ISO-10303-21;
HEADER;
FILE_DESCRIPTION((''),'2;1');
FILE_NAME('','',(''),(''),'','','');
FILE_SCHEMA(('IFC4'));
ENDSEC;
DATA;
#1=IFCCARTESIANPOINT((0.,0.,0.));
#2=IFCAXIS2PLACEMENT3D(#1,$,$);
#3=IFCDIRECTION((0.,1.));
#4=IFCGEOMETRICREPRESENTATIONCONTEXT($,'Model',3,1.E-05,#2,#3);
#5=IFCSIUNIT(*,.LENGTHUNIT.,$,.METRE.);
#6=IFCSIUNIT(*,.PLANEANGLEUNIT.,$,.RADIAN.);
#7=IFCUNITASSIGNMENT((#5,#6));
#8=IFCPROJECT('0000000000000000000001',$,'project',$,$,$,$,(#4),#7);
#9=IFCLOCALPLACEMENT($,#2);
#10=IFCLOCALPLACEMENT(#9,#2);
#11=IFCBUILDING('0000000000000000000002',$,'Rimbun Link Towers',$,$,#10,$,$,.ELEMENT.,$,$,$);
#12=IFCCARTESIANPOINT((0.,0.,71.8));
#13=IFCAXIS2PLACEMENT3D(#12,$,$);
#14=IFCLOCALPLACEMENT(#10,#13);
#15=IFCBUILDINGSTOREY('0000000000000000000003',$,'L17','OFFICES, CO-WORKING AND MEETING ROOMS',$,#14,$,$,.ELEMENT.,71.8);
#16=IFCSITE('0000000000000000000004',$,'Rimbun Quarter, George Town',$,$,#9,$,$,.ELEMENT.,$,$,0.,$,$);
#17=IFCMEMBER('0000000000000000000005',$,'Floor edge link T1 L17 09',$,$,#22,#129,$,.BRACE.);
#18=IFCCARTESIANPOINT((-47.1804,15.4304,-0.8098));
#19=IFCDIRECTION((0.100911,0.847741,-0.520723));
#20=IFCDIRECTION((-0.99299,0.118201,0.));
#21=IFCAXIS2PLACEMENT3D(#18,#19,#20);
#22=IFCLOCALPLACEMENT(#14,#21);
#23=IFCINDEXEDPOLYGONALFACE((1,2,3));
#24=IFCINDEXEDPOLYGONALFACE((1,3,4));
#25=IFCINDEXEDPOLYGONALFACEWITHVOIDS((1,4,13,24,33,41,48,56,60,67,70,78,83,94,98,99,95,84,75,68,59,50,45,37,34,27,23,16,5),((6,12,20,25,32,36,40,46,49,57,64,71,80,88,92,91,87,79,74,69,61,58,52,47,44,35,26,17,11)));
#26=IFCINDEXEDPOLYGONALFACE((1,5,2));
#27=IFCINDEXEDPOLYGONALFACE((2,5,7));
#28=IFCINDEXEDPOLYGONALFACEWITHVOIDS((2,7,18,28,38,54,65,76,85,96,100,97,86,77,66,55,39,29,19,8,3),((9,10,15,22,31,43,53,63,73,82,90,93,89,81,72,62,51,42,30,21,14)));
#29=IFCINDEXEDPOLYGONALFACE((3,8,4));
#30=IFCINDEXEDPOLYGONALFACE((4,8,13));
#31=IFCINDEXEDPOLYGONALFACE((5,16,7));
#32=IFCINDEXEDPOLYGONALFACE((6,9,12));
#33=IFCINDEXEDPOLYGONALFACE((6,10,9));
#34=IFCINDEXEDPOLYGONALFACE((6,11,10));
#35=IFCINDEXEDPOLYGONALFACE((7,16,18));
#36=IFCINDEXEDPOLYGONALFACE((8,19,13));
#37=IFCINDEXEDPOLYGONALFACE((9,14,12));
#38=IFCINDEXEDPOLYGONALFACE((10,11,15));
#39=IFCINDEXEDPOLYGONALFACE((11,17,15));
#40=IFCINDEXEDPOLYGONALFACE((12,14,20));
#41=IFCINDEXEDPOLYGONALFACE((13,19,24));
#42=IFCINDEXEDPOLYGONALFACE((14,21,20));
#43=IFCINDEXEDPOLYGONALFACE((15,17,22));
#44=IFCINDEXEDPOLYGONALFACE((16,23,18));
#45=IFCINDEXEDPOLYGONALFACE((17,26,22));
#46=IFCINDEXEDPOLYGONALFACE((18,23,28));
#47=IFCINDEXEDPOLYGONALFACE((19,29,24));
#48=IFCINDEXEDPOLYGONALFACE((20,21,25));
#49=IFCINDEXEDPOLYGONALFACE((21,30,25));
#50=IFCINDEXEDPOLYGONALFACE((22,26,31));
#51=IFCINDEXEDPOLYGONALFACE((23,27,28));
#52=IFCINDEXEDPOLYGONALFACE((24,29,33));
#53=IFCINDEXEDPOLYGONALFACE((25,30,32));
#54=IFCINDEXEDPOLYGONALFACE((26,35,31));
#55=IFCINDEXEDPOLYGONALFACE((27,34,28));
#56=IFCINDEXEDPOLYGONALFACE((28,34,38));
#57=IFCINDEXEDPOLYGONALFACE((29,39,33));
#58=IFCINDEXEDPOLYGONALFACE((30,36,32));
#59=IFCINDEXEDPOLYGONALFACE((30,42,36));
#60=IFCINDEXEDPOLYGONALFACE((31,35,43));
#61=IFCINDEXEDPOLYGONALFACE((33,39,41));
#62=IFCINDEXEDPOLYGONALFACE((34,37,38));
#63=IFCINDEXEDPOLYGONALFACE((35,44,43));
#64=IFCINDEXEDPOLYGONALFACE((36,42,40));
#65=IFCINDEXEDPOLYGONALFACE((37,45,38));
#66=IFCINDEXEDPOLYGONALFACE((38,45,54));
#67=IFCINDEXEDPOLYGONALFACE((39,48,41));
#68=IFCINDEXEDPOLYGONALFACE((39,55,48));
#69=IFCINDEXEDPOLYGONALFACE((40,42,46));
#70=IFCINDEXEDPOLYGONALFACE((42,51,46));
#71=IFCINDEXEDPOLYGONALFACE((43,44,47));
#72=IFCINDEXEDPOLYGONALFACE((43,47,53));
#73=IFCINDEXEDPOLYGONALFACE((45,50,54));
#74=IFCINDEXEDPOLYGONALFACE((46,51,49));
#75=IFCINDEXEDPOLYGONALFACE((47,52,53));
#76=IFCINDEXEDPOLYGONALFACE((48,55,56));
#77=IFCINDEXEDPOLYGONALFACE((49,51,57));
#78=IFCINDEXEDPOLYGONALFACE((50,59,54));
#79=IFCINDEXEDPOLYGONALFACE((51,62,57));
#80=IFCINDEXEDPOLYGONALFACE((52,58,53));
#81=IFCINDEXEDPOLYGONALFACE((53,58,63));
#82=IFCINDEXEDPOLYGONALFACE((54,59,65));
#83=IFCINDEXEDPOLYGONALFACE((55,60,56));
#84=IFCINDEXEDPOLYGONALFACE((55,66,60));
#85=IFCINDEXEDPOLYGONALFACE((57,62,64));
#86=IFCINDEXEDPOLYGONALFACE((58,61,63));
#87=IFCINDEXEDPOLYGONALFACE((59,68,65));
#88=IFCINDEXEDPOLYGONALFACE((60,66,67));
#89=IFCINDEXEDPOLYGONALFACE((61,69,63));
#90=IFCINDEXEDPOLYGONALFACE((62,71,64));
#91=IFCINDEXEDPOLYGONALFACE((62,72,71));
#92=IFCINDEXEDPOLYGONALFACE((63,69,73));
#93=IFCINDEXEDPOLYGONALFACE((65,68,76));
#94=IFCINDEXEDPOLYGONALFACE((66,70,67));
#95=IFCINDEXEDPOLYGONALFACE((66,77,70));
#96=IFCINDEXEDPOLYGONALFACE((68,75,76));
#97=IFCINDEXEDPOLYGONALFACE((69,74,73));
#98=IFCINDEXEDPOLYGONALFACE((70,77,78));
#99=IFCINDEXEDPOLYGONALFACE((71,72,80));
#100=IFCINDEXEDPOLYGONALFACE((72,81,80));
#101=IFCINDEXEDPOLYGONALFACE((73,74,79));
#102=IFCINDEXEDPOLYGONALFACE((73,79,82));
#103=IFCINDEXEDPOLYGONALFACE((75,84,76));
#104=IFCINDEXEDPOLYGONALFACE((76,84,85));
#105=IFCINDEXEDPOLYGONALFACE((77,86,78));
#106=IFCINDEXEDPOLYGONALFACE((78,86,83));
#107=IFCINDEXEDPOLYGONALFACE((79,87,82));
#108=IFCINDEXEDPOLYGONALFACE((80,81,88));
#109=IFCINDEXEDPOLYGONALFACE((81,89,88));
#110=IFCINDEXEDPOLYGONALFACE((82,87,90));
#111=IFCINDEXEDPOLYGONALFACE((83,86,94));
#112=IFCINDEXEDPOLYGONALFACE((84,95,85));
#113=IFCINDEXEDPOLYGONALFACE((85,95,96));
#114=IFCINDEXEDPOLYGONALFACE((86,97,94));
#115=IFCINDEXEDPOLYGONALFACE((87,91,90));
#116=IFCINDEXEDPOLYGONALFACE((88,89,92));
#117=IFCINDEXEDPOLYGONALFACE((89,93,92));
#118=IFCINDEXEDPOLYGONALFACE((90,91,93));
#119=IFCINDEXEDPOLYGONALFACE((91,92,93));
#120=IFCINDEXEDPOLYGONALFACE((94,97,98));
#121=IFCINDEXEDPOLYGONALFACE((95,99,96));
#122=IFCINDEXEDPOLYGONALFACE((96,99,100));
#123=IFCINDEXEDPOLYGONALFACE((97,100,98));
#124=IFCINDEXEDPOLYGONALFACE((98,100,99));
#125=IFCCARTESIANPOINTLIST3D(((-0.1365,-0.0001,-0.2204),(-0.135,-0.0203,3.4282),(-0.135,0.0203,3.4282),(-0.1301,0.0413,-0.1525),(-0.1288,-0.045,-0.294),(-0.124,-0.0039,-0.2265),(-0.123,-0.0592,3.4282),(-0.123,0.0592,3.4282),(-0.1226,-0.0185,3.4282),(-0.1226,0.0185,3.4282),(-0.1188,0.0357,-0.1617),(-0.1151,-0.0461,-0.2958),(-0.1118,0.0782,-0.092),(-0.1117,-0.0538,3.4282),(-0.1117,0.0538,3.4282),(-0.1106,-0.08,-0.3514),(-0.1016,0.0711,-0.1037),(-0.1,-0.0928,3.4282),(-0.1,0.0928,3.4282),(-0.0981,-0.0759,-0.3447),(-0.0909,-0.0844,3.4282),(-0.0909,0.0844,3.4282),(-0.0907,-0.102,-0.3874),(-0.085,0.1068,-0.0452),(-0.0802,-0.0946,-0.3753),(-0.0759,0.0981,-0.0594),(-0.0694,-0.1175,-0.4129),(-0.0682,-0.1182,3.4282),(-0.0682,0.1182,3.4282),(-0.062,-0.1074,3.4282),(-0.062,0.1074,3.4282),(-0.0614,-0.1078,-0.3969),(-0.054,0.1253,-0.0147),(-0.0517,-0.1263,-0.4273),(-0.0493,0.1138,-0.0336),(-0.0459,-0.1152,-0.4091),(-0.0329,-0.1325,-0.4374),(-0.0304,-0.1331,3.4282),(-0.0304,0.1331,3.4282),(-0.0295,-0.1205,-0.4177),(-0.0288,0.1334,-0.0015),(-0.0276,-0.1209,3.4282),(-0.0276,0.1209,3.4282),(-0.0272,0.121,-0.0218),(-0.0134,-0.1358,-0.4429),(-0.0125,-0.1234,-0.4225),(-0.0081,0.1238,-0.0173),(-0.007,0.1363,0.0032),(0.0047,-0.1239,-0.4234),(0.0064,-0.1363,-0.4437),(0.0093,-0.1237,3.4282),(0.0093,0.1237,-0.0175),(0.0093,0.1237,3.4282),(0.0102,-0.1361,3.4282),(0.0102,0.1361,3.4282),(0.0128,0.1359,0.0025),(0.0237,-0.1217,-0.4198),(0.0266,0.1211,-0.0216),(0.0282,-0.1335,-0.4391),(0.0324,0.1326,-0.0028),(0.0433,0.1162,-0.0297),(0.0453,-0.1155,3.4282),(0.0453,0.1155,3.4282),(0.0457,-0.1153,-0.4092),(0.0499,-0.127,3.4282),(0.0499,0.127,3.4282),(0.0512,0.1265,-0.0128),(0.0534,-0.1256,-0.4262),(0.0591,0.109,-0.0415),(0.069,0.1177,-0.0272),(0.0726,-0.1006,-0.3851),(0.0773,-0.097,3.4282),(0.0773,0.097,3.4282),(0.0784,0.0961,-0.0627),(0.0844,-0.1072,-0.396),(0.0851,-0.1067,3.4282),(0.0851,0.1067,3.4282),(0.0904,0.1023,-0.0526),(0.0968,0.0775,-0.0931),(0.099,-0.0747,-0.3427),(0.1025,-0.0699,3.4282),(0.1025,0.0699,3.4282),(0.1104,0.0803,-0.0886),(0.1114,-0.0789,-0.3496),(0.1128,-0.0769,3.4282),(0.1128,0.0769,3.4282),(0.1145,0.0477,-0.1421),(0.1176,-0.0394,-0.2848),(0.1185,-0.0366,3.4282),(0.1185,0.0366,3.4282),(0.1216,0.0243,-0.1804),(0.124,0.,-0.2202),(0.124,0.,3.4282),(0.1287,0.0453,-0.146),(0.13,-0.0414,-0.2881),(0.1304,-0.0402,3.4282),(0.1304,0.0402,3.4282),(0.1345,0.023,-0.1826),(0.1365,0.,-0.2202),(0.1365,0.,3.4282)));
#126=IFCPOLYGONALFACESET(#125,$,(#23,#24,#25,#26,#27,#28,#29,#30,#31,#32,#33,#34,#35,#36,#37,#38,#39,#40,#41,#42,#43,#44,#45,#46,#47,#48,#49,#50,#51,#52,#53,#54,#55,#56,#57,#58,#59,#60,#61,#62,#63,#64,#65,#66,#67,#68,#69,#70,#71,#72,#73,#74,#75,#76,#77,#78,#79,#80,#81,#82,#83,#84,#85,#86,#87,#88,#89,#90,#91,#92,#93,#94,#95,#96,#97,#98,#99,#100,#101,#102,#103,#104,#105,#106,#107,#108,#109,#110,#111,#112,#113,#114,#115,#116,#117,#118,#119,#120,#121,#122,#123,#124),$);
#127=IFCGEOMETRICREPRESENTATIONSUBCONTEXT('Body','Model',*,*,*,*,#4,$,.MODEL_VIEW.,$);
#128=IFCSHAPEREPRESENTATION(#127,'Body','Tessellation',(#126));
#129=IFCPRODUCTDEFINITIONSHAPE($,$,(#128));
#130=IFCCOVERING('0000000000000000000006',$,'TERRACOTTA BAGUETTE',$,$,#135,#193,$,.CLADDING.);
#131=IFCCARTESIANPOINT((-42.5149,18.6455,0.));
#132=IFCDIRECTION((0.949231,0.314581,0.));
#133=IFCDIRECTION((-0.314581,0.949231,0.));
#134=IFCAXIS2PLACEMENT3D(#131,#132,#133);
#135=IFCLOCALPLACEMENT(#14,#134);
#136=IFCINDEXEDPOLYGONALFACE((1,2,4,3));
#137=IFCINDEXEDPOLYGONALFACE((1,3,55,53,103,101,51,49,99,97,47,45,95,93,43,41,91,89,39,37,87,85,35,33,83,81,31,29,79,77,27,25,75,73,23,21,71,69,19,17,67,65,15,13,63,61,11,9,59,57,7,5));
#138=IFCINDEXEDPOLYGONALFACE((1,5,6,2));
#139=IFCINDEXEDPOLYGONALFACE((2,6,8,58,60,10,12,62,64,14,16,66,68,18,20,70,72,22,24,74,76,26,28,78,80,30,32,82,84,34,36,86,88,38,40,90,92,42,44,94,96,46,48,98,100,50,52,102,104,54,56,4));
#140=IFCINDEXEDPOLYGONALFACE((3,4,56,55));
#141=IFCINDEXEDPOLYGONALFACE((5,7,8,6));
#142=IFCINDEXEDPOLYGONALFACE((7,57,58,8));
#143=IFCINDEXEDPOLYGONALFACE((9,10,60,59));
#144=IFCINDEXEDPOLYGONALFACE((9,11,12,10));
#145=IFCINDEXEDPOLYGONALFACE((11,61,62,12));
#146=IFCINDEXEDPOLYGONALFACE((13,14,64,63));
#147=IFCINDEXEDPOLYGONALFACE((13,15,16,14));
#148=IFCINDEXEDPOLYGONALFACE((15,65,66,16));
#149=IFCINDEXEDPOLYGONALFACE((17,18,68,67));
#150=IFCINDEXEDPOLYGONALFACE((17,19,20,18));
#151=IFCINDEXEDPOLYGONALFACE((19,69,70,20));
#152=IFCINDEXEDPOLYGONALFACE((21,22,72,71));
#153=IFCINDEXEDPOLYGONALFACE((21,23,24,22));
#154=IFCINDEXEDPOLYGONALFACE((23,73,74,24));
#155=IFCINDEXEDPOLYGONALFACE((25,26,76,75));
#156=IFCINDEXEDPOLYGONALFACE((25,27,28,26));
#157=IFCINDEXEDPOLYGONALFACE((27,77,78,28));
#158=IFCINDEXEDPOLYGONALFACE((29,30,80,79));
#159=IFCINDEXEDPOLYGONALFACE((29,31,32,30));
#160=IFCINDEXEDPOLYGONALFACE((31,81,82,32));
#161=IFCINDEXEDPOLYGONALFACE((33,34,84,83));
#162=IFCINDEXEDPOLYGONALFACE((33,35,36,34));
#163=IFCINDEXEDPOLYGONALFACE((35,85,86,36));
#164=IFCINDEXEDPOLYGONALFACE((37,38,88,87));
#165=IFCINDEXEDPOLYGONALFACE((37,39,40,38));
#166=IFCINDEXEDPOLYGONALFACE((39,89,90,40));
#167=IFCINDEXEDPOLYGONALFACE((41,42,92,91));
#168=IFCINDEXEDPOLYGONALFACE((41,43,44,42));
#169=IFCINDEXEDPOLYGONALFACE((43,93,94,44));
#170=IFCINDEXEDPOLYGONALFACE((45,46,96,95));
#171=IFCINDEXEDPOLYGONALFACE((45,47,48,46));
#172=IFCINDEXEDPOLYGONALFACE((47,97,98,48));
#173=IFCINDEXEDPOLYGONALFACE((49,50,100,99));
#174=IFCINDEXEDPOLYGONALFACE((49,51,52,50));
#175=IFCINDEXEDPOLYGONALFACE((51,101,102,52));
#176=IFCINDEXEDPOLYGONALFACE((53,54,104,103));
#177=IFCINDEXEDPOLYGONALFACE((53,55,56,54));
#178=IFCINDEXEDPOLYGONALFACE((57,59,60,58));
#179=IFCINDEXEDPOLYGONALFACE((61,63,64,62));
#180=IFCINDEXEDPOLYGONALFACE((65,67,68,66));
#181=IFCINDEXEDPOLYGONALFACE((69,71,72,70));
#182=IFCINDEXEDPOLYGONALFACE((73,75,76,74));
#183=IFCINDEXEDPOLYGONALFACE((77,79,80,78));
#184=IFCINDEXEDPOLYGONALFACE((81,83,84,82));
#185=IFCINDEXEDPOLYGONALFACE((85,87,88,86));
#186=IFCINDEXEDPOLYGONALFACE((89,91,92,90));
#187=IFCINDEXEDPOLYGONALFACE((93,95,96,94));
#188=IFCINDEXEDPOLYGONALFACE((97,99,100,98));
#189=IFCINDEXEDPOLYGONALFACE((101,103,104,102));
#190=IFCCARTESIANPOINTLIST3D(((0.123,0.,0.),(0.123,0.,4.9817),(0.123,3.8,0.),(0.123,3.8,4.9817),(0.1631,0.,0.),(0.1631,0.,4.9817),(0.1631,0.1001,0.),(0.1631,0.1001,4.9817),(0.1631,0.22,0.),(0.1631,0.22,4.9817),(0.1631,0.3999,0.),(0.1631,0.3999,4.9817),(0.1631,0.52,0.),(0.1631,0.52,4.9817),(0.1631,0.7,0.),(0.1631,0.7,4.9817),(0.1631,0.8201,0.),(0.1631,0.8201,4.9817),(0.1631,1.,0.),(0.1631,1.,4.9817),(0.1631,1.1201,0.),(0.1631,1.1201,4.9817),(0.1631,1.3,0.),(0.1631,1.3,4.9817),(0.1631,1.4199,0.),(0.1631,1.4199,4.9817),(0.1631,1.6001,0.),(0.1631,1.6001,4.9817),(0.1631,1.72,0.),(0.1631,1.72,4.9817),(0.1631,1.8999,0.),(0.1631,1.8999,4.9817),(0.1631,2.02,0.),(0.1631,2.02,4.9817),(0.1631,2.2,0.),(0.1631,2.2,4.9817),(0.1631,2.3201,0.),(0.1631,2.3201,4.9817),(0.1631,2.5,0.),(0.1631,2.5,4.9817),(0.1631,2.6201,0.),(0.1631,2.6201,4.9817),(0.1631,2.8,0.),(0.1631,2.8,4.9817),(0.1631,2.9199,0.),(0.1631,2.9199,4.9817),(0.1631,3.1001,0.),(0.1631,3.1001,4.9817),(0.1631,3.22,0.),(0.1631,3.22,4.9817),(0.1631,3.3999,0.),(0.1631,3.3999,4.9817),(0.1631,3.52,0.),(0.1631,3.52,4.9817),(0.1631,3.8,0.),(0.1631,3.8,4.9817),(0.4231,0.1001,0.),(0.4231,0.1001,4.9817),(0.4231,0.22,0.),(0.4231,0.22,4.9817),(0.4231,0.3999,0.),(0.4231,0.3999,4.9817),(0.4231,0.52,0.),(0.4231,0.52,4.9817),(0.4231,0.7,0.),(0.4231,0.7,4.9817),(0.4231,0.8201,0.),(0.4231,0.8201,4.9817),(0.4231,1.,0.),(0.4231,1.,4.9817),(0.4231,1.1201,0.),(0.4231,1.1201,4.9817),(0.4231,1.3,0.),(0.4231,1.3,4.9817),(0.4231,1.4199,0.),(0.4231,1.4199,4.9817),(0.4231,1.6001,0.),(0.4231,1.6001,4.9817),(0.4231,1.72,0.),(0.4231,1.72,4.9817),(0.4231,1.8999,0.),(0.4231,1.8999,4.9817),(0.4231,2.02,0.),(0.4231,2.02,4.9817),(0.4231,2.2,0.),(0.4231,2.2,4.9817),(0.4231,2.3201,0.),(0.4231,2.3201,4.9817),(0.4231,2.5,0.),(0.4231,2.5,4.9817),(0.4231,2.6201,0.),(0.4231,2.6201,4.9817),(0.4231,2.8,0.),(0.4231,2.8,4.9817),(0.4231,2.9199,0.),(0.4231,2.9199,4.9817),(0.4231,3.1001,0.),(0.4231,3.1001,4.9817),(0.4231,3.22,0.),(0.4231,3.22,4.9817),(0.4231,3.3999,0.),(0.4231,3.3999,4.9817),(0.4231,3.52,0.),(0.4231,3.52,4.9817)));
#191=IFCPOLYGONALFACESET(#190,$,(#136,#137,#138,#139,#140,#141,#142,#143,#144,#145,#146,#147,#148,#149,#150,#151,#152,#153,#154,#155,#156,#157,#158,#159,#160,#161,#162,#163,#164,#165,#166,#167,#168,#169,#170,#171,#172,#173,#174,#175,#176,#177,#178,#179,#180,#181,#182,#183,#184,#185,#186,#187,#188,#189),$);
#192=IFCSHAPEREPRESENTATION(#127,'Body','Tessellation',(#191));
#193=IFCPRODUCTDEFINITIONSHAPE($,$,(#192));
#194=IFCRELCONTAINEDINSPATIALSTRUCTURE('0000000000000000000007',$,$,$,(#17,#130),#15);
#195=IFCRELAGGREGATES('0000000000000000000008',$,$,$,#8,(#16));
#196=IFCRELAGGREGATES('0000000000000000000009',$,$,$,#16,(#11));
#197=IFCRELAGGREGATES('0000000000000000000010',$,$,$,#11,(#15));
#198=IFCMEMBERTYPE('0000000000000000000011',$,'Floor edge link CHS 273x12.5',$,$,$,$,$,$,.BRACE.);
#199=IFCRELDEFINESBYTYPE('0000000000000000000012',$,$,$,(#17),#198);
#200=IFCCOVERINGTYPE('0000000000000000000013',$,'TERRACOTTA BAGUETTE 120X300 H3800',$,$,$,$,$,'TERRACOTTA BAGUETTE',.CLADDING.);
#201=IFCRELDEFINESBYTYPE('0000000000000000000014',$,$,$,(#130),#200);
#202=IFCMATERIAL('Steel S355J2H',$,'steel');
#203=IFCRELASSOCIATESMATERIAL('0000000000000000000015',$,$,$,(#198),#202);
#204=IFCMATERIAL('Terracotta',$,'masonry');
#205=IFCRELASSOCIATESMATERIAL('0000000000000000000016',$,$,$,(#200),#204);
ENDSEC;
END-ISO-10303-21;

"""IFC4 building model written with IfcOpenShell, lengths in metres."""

from ifc_helpers import new_model, si_unit, direction, frame, origin, origin_2d, place, context, subcontext, project, spatial, polyline, hollow_circle, outline, extrude, clip, halfspace, material, material_profile, profile_set, type_object, element, save


model = new_model("IFC4")

# Units and contexts
model_context = context("Model", 3, precision=1e-05, world=origin(), true_north=direction((0.0, 1.0)))
body_context = subcontext(model_context, "Body", "Model", "MODEL_VIEW")
ifc_project = project(units=[si_unit("LENGTHUNIT", "METRE"), si_unit("PLANEANGLEUNIT", "RADIAN")], contexts=[model_context])

# Site, building, storey
site_placement = place(None, origin())
site = spatial("IfcSite", under=ifc_project, at=site_placement, Name="Rimbun Quarter, George Town", CompositionType="ELEMENT", RefElevation=0.0)
building_placement = place(site_placement, origin())
building = spatial("IfcBuilding", under=site, at=building_placement, Name="Rimbun Link Towers", CompositionType="ELEMENT")
storey_placement = place(building_placement, frame((0.0, 0.0, 71.8)))
storey = spatial("IfcBuildingStorey", under=building, at=storey_placement, Name="L17", Description="OFFICES, CO-WORKING AND MEETING ROOMS", CompositionType="ELEMENT", Elevation=71.8)

# Member
ifc_material_1 = material(Name="Steel S355J2H", Category="steel")
ifc_material_profile_1 = material_profile(ifc_material_1, hollow_circle(Radius=0.1365, WallThickness=0.0125, at=origin_2d()), Name="CHS 273x12.5")
ifc_profile_set_1 = profile_set([ifc_material_profile_1], Name="Steel S355J2H")
member_type_1 = type_object("IfcMemberType", Name="Floor edge link CHS 273x12.5", PredefinedType="BRACE", material=ifc_profile_set_1)
member_1_placement = place(storey_placement, frame((-47.1804, 15.4304, -0.8098), z_axis=(0.100911, 0.847741, -0.520723), x_axis=(-0.99299, 0.118201, 0.0)))
element("IfcMember", 1, at=member_1_placement, inside=storey, type_object=member_type_1, Name="Floor edge link T1 L17 09", PredefinedType="BRACE", context=body_context, shape_type="Clipping", body=[
    clip(extrude(hollow_circle(Radius=0.1365, WallThickness=0.0125, at=origin_2d()), frame((0.0, 0.0, -0.4668)), (0.0, 0.0, 1.0), 3.895), halfspace(frame((0.0, 0.0, -0.2202), z_axis=(0.0, 0.853726, -0.520723)), False)),
])

# Covering
ifc_material_2 = material(Name="Terracotta", Category="masonry")
ifc_material_profile_2 = material_profile(ifc_material_2, outline(polyline([(0.123, 0.0), (0.1631, 0.0), (0.1631, 0.1001), (0.4231, 0.1001), (0.4231, 0.22), (0.1631, 0.22), (0.1631, 0.3999), (0.4231, 0.3999), (0.4231, 0.52), (0.1631, 0.52), (0.1631, 0.7), (0.4231, 0.7), (0.4231, 0.8201), (0.1631, 0.8201), (0.1631, 1.0), (0.4231, 1.0), (0.4231, 1.1201), (0.1631, 1.1201), (0.1631, 1.3), (0.4231, 1.3), (0.4231, 1.4199), (0.1631, 1.4199), (0.1631, 1.6001), (0.4231, 1.6001), (0.4231, 1.72), (0.1631, 1.72), (0.1631, 1.8999), (0.4231, 1.8999), (0.4231, 2.02), (0.1631, 2.02), (0.1631, 2.2), (0.4231, 2.2), (0.4231, 2.3201), (0.1631, 2.3201), (0.1631, 2.5), (0.4231, 2.5), (0.4231, 2.6201), (0.1631, 2.6201), (0.1631, 2.8), (0.4231, 2.8), (0.4231, 2.9199), (0.1631, 2.9199), (0.1631, 3.1001), (0.4231, 3.1001), (0.4231, 3.22), (0.1631, 3.22), (0.1631, 3.3999), (0.4231, 3.3999), (0.4231, 3.52), (0.1631, 3.52), (0.1631, 3.8), (0.123, 3.8), (0.123, 0.0)])), Name="BAGUETTE 120X300")
ifc_profile_set_2 = profile_set([ifc_material_profile_2], Name="Terracotta")
covering_type = type_object("IfcCoveringType", Name="TERRACOTTA BAGUETTE 120X300 H3800", ElementType="TERRACOTTA BAGUETTE", PredefinedType="CLADDING", material=ifc_profile_set_2)
covering_1_placement = place(storey_placement, frame((-42.5149, 18.6455, 0.0), z_axis=(0.949231, 0.314581, 0.0), x_axis=(-0.314581, 0.949231, 0.0)))
element("IfcCovering", 2, at=covering_1_placement, inside=storey, type_object=covering_type, Name="TERRACOTTA BAGUETTE", PredefinedType="CLADDING", context=body_context, shape_type="SweptSolid", body=[
    extrude(outline(polyline([(0.123, 0.0), (0.1631, 0.0), (0.1631, 0.1001), (0.4231, 0.1001), (0.4231, 0.22), (0.1631, 0.22), (0.1631, 0.3999), (0.4231, 0.3999), (0.4231, 0.52), (0.1631, 0.52), (0.1631, 0.7), (0.4231, 0.7), (0.4231, 0.8201), (0.1631, 0.8201), (0.1631, 1.0), (0.4231, 1.0), (0.4231, 1.1201), (0.1631, 1.1201), (0.1631, 1.3), (0.4231, 1.3), (0.4231, 1.4199), (0.1631, 1.4199), (0.1631, 1.6001), (0.4231, 1.6001), (0.4231, 1.72), (0.1631, 1.72), (0.1631, 1.8999), (0.4231, 1.8999), (0.4231, 2.02), (0.1631, 2.02), (0.1631, 2.2), (0.4231, 2.2), (0.4231, 2.3201), (0.1631, 2.3201), (0.1631, 2.5), (0.4231, 2.5), (0.4231, 2.6201), (0.1631, 2.6201), (0.1631, 2.8), (0.4231, 2.8), (0.4231, 2.9199), (0.1631, 2.9199), (0.1631, 3.1001), (0.4231, 3.1001), (0.4231, 3.22), (0.1631, 3.22), (0.1631, 3.3999), (0.4231, 3.3999), (0.4231, 3.52), (0.1631, 3.52), (0.1631, 3.8), (0.123, 3.8), (0.123, 0.0)])), origin(), (0.0, 0.0, 1.0), 4.9817),
])

save(model, "model.ifc")
